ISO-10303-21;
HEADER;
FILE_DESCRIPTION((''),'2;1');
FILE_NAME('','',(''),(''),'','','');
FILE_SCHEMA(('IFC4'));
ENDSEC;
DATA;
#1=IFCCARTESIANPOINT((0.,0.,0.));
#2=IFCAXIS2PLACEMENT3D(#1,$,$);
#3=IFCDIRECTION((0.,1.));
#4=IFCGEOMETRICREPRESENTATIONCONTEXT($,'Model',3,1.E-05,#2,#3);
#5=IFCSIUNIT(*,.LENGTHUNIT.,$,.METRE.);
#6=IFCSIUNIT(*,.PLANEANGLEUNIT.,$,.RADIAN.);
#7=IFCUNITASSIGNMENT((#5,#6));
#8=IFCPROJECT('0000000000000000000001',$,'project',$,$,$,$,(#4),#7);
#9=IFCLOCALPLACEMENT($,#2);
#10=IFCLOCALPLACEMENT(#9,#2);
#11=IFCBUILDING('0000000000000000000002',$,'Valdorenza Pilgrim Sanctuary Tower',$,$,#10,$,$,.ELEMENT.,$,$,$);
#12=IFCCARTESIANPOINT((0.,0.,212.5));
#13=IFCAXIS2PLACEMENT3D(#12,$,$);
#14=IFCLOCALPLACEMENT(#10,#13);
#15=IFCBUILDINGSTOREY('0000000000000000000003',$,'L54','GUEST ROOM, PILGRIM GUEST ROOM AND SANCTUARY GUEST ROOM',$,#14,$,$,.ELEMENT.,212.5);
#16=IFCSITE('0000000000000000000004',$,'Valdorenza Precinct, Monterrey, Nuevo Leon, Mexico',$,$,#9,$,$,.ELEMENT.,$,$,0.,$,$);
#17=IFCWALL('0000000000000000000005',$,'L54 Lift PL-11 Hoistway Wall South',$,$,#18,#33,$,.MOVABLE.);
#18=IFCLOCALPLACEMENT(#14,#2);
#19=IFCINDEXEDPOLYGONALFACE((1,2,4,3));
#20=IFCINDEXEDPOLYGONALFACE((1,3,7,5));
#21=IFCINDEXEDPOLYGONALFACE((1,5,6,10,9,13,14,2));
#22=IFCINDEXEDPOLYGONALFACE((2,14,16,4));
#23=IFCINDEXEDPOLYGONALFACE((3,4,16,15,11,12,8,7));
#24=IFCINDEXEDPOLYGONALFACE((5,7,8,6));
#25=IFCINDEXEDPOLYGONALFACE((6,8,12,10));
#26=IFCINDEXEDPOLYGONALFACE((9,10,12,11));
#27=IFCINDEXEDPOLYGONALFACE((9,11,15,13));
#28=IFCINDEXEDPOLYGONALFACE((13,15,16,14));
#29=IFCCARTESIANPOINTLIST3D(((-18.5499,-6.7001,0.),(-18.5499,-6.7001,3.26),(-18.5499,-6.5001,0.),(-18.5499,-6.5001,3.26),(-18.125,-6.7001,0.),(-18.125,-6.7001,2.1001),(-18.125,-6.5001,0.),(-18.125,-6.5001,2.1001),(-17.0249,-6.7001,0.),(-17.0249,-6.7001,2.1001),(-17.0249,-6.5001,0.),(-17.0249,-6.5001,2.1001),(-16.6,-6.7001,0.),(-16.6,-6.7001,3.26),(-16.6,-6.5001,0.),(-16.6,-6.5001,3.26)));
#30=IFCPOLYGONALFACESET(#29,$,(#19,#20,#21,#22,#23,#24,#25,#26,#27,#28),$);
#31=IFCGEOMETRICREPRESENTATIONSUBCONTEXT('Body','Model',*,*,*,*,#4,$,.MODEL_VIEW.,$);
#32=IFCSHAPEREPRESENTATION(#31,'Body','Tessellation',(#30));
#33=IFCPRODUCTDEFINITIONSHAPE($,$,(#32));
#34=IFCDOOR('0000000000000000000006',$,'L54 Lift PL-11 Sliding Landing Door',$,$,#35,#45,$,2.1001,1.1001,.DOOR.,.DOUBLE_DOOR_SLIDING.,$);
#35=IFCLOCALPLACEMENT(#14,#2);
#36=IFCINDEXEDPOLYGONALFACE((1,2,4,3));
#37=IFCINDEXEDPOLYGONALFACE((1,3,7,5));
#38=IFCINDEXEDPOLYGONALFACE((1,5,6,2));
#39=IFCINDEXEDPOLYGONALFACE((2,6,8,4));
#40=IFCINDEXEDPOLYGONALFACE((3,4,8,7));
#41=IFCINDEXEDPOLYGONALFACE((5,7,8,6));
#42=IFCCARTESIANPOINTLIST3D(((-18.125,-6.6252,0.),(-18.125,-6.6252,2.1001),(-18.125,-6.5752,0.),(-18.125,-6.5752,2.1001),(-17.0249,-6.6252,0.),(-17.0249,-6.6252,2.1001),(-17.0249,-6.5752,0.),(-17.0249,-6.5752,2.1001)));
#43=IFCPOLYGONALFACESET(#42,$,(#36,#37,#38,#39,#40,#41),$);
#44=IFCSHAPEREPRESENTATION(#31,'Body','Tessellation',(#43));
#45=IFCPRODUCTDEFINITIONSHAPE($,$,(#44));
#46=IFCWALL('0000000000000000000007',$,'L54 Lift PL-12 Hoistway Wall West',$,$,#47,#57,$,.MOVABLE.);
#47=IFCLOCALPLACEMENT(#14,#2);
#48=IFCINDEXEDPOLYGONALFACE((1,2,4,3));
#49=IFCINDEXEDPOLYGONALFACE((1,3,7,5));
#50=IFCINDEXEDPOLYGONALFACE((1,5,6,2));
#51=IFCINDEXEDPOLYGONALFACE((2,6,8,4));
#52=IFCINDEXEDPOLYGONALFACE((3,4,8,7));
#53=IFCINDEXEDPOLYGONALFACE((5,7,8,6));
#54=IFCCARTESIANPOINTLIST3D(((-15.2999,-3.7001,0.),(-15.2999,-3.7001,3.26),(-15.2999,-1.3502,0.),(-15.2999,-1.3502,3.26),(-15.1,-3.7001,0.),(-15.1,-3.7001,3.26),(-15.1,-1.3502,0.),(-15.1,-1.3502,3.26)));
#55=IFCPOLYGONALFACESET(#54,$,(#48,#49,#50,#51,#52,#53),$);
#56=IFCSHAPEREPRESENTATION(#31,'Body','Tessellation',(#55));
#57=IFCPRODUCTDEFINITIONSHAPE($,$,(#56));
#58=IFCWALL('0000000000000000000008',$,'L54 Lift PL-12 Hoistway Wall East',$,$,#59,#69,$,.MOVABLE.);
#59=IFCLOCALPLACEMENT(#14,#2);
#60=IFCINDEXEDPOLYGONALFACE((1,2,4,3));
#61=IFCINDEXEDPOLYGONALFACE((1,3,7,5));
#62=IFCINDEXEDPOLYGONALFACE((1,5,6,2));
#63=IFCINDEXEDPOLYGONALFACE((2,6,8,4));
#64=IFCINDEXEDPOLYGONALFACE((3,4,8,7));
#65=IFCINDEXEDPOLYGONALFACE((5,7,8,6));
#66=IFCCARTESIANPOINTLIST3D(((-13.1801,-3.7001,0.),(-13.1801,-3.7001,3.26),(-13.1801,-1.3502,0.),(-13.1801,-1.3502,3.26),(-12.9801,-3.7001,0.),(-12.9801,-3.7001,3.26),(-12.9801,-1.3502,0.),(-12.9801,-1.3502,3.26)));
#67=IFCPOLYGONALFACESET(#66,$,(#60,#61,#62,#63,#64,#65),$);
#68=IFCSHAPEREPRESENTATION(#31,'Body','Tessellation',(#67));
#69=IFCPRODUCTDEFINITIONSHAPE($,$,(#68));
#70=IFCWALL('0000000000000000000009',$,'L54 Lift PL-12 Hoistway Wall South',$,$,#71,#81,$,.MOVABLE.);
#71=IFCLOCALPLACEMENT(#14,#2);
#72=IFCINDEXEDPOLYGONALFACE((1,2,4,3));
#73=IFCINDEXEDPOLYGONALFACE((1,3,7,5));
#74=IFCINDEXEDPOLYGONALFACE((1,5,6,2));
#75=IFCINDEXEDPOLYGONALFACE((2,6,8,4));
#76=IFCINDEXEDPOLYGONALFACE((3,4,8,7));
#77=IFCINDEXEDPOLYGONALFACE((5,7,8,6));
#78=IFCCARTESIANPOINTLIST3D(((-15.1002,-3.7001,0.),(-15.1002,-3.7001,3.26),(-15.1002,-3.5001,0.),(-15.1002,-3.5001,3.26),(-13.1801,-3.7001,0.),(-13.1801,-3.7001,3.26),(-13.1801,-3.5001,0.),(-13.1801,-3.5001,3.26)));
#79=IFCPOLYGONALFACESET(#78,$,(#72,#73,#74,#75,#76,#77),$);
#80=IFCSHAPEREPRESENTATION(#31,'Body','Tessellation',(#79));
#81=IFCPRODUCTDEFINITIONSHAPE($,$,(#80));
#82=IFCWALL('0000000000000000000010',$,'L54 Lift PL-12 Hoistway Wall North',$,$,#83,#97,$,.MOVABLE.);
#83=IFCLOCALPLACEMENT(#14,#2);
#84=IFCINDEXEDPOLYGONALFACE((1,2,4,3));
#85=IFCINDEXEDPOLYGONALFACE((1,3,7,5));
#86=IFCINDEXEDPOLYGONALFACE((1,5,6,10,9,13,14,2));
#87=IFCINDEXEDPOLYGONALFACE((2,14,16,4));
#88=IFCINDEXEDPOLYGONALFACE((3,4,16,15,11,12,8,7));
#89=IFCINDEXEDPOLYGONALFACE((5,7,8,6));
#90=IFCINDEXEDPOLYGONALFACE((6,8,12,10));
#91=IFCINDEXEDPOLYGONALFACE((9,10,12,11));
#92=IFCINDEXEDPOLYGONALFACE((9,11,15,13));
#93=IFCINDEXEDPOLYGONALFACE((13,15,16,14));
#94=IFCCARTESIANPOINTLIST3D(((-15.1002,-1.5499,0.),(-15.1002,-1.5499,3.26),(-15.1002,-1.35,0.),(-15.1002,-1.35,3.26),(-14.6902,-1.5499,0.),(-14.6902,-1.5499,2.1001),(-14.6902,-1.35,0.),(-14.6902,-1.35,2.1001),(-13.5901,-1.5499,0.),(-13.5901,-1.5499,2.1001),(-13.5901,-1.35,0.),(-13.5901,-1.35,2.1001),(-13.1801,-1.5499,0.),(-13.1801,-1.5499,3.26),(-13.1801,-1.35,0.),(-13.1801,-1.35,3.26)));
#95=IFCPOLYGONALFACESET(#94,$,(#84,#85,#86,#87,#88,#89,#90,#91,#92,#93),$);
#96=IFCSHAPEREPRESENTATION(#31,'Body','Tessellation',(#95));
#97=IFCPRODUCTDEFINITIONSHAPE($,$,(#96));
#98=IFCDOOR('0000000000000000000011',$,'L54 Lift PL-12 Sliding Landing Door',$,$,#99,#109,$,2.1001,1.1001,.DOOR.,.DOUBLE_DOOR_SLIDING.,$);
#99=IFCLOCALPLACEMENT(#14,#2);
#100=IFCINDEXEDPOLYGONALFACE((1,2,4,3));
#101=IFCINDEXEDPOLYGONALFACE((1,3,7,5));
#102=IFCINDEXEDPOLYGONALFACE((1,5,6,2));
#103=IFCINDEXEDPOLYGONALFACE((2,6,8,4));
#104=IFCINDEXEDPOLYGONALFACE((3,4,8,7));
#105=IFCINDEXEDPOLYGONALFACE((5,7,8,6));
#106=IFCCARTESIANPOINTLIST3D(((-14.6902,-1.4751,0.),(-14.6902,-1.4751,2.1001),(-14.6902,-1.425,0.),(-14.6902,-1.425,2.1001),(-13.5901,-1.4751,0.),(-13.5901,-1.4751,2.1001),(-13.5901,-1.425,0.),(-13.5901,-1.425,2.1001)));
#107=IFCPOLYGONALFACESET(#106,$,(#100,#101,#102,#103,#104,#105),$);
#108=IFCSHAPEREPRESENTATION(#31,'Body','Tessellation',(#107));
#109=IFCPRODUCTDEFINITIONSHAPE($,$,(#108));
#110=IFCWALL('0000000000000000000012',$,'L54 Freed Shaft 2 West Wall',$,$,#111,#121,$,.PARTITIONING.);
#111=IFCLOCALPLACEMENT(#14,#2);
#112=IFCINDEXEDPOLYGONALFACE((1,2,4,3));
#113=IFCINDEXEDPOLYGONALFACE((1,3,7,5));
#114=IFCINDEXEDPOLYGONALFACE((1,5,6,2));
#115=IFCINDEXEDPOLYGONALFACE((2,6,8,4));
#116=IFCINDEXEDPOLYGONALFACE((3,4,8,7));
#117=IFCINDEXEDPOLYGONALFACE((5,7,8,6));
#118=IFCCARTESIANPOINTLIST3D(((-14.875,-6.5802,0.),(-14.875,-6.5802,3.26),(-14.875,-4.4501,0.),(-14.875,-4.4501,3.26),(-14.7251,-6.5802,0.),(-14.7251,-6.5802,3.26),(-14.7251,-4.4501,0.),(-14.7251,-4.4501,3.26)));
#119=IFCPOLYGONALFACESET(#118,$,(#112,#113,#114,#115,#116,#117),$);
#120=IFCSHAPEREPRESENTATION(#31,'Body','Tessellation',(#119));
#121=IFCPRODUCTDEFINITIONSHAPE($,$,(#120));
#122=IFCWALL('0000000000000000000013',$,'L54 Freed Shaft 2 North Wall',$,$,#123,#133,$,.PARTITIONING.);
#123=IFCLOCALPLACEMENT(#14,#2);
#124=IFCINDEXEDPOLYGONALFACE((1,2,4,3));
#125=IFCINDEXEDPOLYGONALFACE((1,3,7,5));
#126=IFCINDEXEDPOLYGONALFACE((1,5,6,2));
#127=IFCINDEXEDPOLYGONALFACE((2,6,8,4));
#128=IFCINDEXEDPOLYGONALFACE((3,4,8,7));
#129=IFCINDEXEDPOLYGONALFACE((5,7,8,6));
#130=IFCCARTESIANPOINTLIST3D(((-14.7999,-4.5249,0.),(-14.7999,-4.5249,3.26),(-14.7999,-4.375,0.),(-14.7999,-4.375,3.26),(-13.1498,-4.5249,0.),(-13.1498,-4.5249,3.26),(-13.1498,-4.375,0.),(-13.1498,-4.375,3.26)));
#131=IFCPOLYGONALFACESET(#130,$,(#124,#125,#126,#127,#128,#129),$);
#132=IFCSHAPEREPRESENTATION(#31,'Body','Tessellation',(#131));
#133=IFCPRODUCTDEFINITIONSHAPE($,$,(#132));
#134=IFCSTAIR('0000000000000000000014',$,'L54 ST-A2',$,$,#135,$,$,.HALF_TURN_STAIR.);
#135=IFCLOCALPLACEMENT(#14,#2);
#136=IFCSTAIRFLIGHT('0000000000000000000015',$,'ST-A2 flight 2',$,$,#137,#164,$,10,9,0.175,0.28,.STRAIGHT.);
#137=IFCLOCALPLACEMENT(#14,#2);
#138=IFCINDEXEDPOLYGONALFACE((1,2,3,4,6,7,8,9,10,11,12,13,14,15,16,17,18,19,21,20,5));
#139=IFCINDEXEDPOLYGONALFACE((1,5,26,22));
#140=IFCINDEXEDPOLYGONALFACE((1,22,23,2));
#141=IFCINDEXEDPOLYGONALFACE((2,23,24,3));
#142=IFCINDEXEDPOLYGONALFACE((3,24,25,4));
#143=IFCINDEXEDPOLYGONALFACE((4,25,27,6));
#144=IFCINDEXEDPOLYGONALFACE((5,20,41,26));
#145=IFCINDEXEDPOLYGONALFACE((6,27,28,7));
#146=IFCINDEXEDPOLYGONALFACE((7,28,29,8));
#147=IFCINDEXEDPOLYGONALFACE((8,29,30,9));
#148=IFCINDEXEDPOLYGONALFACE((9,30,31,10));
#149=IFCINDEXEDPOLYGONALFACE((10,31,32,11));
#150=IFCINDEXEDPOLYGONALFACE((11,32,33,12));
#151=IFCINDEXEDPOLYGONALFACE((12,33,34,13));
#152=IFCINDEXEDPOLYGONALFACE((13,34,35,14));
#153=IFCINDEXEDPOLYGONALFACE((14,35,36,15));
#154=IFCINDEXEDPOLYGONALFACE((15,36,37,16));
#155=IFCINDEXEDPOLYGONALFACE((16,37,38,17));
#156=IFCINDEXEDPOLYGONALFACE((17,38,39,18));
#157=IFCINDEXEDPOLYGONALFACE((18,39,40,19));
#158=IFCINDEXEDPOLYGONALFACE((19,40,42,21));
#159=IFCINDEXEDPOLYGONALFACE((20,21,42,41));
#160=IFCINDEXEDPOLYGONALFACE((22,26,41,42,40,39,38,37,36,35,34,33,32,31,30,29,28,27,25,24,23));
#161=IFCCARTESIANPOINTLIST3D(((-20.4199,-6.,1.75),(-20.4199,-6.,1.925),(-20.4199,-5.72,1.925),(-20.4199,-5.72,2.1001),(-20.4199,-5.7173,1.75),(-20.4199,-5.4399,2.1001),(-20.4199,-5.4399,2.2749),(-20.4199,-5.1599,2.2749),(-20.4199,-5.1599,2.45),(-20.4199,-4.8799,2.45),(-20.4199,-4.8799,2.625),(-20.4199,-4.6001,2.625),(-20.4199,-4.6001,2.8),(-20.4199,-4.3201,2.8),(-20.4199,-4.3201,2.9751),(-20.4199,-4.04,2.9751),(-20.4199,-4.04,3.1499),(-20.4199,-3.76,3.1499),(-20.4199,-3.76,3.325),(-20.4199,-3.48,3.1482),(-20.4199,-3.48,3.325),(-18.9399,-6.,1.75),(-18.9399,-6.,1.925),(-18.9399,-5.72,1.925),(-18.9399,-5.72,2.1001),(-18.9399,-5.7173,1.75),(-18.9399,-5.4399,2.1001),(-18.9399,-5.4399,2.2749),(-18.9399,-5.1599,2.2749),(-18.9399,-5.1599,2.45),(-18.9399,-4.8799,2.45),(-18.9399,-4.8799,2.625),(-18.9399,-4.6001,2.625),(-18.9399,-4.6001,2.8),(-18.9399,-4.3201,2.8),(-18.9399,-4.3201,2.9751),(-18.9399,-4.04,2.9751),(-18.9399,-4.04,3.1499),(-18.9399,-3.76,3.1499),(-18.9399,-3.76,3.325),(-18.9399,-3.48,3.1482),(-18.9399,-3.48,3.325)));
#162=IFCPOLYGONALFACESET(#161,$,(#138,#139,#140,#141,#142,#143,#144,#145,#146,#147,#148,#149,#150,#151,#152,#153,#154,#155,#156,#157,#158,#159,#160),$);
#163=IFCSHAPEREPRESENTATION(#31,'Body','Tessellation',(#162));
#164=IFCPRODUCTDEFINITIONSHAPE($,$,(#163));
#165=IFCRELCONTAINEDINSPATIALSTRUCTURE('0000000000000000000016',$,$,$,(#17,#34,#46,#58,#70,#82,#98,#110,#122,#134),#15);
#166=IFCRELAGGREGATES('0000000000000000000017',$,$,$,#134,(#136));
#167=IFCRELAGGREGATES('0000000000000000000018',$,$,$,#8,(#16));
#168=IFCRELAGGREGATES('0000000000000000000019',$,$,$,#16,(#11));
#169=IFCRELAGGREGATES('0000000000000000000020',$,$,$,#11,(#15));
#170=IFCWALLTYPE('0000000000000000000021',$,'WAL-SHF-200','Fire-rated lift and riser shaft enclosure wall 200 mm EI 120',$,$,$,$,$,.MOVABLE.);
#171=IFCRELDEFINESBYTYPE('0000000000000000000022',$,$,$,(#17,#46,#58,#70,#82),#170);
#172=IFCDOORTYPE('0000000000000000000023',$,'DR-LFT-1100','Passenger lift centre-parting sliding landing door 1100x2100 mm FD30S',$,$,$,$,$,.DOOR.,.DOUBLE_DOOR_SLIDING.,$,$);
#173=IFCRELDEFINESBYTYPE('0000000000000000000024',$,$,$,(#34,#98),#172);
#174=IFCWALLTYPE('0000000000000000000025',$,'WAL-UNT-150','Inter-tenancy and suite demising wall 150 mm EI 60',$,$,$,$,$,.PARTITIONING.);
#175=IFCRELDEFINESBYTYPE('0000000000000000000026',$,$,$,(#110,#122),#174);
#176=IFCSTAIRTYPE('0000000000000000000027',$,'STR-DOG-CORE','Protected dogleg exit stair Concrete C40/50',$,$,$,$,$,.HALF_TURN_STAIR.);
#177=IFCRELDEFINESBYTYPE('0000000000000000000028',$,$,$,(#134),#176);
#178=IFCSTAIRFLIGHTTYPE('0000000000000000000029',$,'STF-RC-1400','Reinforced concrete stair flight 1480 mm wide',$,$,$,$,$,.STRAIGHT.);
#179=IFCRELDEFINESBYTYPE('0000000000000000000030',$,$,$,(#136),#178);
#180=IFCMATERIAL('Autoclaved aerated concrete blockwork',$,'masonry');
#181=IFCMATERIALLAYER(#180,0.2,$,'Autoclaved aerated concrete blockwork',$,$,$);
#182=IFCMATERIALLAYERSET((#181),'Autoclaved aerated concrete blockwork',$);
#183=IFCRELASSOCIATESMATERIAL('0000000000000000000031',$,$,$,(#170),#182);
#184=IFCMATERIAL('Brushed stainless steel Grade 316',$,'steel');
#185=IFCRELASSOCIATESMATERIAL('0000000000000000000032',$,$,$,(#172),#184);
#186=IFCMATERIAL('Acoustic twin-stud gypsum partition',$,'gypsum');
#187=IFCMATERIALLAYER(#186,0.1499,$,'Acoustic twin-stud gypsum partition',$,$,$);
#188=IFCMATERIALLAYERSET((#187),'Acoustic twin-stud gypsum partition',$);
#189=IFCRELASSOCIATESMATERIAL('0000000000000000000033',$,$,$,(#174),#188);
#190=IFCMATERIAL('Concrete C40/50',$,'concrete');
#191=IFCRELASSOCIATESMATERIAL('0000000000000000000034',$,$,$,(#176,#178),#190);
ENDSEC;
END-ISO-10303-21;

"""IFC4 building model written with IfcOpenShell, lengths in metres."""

from ifc_helpers import new_model, si_unit, direction, frame, frame_2d, origin, place, context, subcontext, project, spatial, polyline, rectangle, outline, extrude, material, layer, layer_set, type_object, element, fill, aggregate, save


model = new_model("IFC4")

# Units and contexts
model_context = context("Model", 3, precision=1e-05, world=origin(), true_north=direction((0.0, 1.0)))
body_context = subcontext(model_context, "Body", "Model", "MODEL_VIEW")
ifc_project = project(units=[si_unit("LENGTHUNIT", "METRE"), si_unit("PLANEANGLEUNIT", "RADIAN")], contexts=[model_context])

# Site, building, storey
site_placement = place(None, origin())
site = spatial("IfcSite", under=ifc_project, at=site_placement, Name="Valdorenza Precinct, Monterrey, Nuevo Leon, Mexico", CompositionType="ELEMENT", RefElevation=0.0)
building_placement = place(site_placement, origin())
building = spatial("IfcBuilding", under=site, at=building_placement, Name="Valdorenza Pilgrim Sanctuary Tower", CompositionType="ELEMENT")
storey_placement = place(building_placement, frame((0.0, 0.0, 212.5)))
storey = spatial("IfcBuildingStorey", under=building, at=storey_placement, Name="L54", Description="GUEST ROOM, PILGRIM GUEST ROOM AND SANCTUARY GUEST ROOM", CompositionType="ELEMENT", Elevation=212.5)

# Shared definitions
ifc_material_1 = material(Name="Acoustic twin-stud gypsum partition", Category="gypsum")

# Shared definitions
ifc_material_2 = material(Name="Autoclaved aerated concrete blockwork", Category="masonry")
ifc_layer_1 = layer(ifc_material_2, 0.2, Name="Autoclaved aerated concrete blockwork")
ifc_layer_set_1 = layer_set([ifc_layer_1], Name="Autoclaved aerated concrete blockwork")
wall_type_1 = type_object("IfcWallType", Name="WAL-SHF-200", Description="Fire-rated lift and riser shaft enclosure wall 200 mm EI 120", PredefinedType="MOVABLE", material=ifc_layer_set_1)

# Shared definitions
ifc_material_3 = material(Name="Brushed stainless steel Grade 316", Category="steel")

# Wall, opening, door
wall_1_placement = place(storey_placement, frame((-18.55, -6.6001, 0.0), z_axis=(0.0, 0.0, 1.0), x_axis=(1.0, 0.0, 0.0)))
wall_1 = element("IfcWall", 1, at=wall_1_placement, inside=storey, type_object=wall_type_1, Name="L54 Lift PL-11 Hoistway Wall South", PredefinedType="MOVABLE", context=body_context, shape_type="SweptSolid", body=[
    extrude(rectangle(XDim=1.95, YDim=0.2, at=frame_2d((0.9751, 0.0))), origin(), (0.0, 0.0, 1.0), 3.26),
])
opening_1_placement = place(wall_1_placement, frame((0.425, 0.0, 0.0)))
opening_1 = element("IfcOpeningElement", 2, at=opening_1_placement, cuts=wall_1, PredefinedType="OPENING", context=body_context, shape_type="SweptSolid", body=[
    extrude(rectangle(XDim=1.1001, YDim=2.1001, at=frame_2d((0.55, 1.05))), frame((0.0, 0.1147, 0.0), z_axis=(0.0, -1.0, 0.0), x_axis=(1.0, 0.0, 0.0)), (0.0, 0.0, 1.0), 0.2297),
])
door_type_1 = type_object("IfcDoorType", Name="DR-LFT-1100", Description="Passenger lift centre-parting sliding landing door 1100x2100 mm FD30S", OperationType="DOUBLE_DOOR_SLIDING", PredefinedType="DOOR", material=ifc_material_3)
door_1_placement = place(opening_1_placement, origin())
door_1 = element("IfcDoor", 3, at=door_1_placement, inside=storey, type_object=door_type_1, Name="L54 Lift PL-11 Sliding Landing Door", OperationType="DOUBLE_DOOR_SLIDING", OverallHeight=2.1001, OverallWidth=1.1001, PredefinedType="DOOR", context=body_context, shape_type="SweptSolid", body=[
    extrude(rectangle(XDim=1.1001, YDim=2.1001, at=frame_2d((0.55, 1.05))), frame((0.0, 0.0249, 0.0), z_axis=(0.0, -1.0, 0.0), x_axis=(1.0, 0.0, 0.0)), (0.0, 0.0, 1.0), 0.05),
])
fill(opening_1, door_1)

# Walls
for number, where, z_axis, x_axis, name in (
    (4, (-15.2, -3.7, 0.0), (0.0, 0.0, 1.0), (0.0, 1.0, 0.0), "L54 Lift PL-12 Hoistway Wall West"),
    (5, (-13.0801, -3.7, 0.0), (0.0, 0.0, 1.0), (0.0, 1.0, 0.0), "L54 Lift PL-12 Hoistway Wall East"),
):
    element("IfcWall", number, at=place(storey_placement, frame(where, z_axis=z_axis, x_axis=x_axis)), inside=storey, type_object=wall_type_1, Name=name, PredefinedType="MOVABLE", context=body_context, shape_type="SweptSolid", body=[
        extrude(rectangle(XDim=2.3499, YDim=0.2, at=frame_2d((1.1748, 0.0))), origin(), (0.0, 0.0, 1.0), 3.26),
    ])
wall_2_placement = place(storey_placement, frame((-15.1001, -3.6001, 0.0), z_axis=(0.0, 0.0, 1.0), x_axis=(1.0, 0.0, 0.0)))
element("IfcWall", 6, at=wall_2_placement, inside=storey, type_object=wall_type_1, Name="L54 Lift PL-12 Hoistway Wall South", PredefinedType="MOVABLE", context=body_context, shape_type="SweptSolid", body=[
    extrude(rectangle(XDim=1.9202, YDim=0.2, at=frame_2d((0.96, 0.0))), origin(), (0.0, 0.0, 1.0), 3.26),
])

# Wall, opening, door
wall_3_placement = place(storey_placement, frame((-15.1001, -1.45, 0.0), z_axis=(0.0, 0.0, 1.0), x_axis=(1.0, 0.0, 0.0)))
wall_3 = element("IfcWall", 7, at=wall_3_placement, inside=storey, type_object=wall_type_1, Name="L54 Lift PL-12 Hoistway Wall North", PredefinedType="MOVABLE", context=body_context, shape_type="SweptSolid", body=[
    extrude(rectangle(XDim=1.9202, YDim=0.2, at=frame_2d((0.96, 0.0))), origin(), (0.0, 0.0, 1.0), 3.26),
])
opening_2_placement = place(wall_3_placement, frame((0.4099, 0.0, 0.0)))
opening_2 = element("IfcOpeningElement", 8, at=opening_2_placement, cuts=wall_3, PredefinedType="OPENING", context=body_context, shape_type="SweptSolid", body=[
    extrude(rectangle(XDim=1.1001, YDim=2.1001, at=frame_2d((0.55, 1.05))), frame((0.0, 0.1147, 0.0), z_axis=(0.0, -1.0, 0.0), x_axis=(1.0, 0.0, 0.0)), (0.0, 0.0, 1.0), 0.2297),
])
door_2_placement = place(opening_2_placement, origin())
door_2 = element("IfcDoor", 9, at=door_2_placement, inside=storey, type_object=door_type_1, Name="L54 Lift PL-12 Sliding Landing Door", OperationType="DOUBLE_DOOR_SLIDING", OverallHeight=2.1001, OverallWidth=1.1001, PredefinedType="DOOR", context=body_context, shape_type="SweptSolid", body=[
    extrude(rectangle(XDim=1.1001, YDim=2.1001, at=frame_2d((0.55, 1.05))), frame((0.0, 0.0249, 0.0), z_axis=(0.0, -1.0, 0.0), x_axis=(1.0, 0.0, 0.0)), (0.0, 0.0, 1.0), 0.05),
])
fill(opening_2, door_2)

# Walls
ifc_layer_2 = layer(ifc_material_1, 0.1499, Name="Acoustic twin-stud gypsum partition")
ifc_layer_set_2 = layer_set([ifc_layer_2], Name="Acoustic twin-stud gypsum partition")
wall_type_2 = type_object("IfcWallType", Name="WAL-UNT-150", Description="Inter-tenancy and suite demising wall 150 mm EI 60", PredefinedType="PARTITIONING", material=ifc_layer_set_2)
wall_4_placement = place(storey_placement, frame((-14.8, -6.5801, 0.0), z_axis=(0.0, 0.0, 1.0), x_axis=(0.0, 1.0, 0.0)))
element("IfcWall", 10, at=wall_4_placement, inside=storey, type_object=wall_type_2, Name="L54 Freed Shaft 2 West Wall", PredefinedType="PARTITIONING", context=body_context, shape_type="SweptSolid", body=[
    extrude(rectangle(XDim=2.1301, YDim=0.1499, at=frame_2d((1.0649, 0.0))), origin(), (0.0, 0.0, 1.0), 3.26),
])
wall_5_placement = place(storey_placement, frame((-14.8, -4.45, 0.0), z_axis=(0.0, 0.0, 1.0), x_axis=(1.0, 0.0, 0.0)))
element("IfcWall", 11, at=wall_5_placement, inside=storey, type_object=wall_type_2, Name="L54 Freed Shaft 2 North Wall", PredefinedType="PARTITIONING", context=body_context, shape_type="SweptSolid", body=[
    extrude(rectangle(XDim=1.6501, YDim=0.1499, at=frame_2d((0.8252, 0.0))), origin(), (0.0, 0.0, 1.0), 3.26),
])

# Stair, stair flight
ifc_material_4 = material(Name="Concrete C40/50", Category="concrete")
stair_type = type_object("IfcStairType", Name="STR-DOG-CORE", Description="Protected dogleg exit stair Concrete C40/50", PredefinedType="HALF_TURN_STAIR", material=ifc_material_4)
stair_placement = place(storey_placement, origin())
stair = element("IfcStair", 12, at=stair_placement, inside=storey, type_object=stair_type, Name="L54 ST-A2", PredefinedType="HALF_TURN_STAIR")
stair_flight_type = type_object("IfcStairFlightType", Name="STF-RC-1400", Description="Reinforced concrete stair flight 1480 mm wide", PredefinedType="STRAIGHT", material=ifc_material_4)
stair_flight_placement = place(storey_placement, frame((-19.6799, -6.0, 1.75), z_axis=(0.0, 0.0, 1.0), x_axis=(0.0, 1.0, 0.0)))
stair_flight = element("IfcStairFlight", 13, at=stair_flight_placement, type_object=stair_flight_type, Name="ST-A2 flight 2", NumberOfRisers=10, NumberOfTreads=9, PredefinedType="STRAIGHT", RiserHeight=0.175, TreadLength=0.28, context=body_context, shape_type="SweptSolid", body=[
    extrude(outline(polyline([(0.0, 0.0), (0.0, 0.175), (0.28, 0.175), (0.28, 0.3501), (0.5601, 0.3501), (0.5601, 0.5249), (0.8401, 0.5249), (0.8401, 0.7), (1.1201, 0.7), (1.1201, 0.875), (1.3999, 0.875), (1.3999, 1.05), (1.6799, 1.05), (1.6799, 1.2251), (1.96, 1.2251), (1.96, 1.3999), (2.24, 1.3999), (2.24, 1.575), (2.52, 1.575), (2.52, 1.75), (2.52, 1.3982), (0.2827, 0.0), (0.0, 0.0)])), frame((0.0, 0.74, 0.0), z_axis=(0.0, -1.0, 0.0), x_axis=(1.0, 0.0, 0.0)), (0.0, 0.0, 1.0), 1.48),
])
aggregate(stair, [stair_flight])

save(model, "model.ifc")
